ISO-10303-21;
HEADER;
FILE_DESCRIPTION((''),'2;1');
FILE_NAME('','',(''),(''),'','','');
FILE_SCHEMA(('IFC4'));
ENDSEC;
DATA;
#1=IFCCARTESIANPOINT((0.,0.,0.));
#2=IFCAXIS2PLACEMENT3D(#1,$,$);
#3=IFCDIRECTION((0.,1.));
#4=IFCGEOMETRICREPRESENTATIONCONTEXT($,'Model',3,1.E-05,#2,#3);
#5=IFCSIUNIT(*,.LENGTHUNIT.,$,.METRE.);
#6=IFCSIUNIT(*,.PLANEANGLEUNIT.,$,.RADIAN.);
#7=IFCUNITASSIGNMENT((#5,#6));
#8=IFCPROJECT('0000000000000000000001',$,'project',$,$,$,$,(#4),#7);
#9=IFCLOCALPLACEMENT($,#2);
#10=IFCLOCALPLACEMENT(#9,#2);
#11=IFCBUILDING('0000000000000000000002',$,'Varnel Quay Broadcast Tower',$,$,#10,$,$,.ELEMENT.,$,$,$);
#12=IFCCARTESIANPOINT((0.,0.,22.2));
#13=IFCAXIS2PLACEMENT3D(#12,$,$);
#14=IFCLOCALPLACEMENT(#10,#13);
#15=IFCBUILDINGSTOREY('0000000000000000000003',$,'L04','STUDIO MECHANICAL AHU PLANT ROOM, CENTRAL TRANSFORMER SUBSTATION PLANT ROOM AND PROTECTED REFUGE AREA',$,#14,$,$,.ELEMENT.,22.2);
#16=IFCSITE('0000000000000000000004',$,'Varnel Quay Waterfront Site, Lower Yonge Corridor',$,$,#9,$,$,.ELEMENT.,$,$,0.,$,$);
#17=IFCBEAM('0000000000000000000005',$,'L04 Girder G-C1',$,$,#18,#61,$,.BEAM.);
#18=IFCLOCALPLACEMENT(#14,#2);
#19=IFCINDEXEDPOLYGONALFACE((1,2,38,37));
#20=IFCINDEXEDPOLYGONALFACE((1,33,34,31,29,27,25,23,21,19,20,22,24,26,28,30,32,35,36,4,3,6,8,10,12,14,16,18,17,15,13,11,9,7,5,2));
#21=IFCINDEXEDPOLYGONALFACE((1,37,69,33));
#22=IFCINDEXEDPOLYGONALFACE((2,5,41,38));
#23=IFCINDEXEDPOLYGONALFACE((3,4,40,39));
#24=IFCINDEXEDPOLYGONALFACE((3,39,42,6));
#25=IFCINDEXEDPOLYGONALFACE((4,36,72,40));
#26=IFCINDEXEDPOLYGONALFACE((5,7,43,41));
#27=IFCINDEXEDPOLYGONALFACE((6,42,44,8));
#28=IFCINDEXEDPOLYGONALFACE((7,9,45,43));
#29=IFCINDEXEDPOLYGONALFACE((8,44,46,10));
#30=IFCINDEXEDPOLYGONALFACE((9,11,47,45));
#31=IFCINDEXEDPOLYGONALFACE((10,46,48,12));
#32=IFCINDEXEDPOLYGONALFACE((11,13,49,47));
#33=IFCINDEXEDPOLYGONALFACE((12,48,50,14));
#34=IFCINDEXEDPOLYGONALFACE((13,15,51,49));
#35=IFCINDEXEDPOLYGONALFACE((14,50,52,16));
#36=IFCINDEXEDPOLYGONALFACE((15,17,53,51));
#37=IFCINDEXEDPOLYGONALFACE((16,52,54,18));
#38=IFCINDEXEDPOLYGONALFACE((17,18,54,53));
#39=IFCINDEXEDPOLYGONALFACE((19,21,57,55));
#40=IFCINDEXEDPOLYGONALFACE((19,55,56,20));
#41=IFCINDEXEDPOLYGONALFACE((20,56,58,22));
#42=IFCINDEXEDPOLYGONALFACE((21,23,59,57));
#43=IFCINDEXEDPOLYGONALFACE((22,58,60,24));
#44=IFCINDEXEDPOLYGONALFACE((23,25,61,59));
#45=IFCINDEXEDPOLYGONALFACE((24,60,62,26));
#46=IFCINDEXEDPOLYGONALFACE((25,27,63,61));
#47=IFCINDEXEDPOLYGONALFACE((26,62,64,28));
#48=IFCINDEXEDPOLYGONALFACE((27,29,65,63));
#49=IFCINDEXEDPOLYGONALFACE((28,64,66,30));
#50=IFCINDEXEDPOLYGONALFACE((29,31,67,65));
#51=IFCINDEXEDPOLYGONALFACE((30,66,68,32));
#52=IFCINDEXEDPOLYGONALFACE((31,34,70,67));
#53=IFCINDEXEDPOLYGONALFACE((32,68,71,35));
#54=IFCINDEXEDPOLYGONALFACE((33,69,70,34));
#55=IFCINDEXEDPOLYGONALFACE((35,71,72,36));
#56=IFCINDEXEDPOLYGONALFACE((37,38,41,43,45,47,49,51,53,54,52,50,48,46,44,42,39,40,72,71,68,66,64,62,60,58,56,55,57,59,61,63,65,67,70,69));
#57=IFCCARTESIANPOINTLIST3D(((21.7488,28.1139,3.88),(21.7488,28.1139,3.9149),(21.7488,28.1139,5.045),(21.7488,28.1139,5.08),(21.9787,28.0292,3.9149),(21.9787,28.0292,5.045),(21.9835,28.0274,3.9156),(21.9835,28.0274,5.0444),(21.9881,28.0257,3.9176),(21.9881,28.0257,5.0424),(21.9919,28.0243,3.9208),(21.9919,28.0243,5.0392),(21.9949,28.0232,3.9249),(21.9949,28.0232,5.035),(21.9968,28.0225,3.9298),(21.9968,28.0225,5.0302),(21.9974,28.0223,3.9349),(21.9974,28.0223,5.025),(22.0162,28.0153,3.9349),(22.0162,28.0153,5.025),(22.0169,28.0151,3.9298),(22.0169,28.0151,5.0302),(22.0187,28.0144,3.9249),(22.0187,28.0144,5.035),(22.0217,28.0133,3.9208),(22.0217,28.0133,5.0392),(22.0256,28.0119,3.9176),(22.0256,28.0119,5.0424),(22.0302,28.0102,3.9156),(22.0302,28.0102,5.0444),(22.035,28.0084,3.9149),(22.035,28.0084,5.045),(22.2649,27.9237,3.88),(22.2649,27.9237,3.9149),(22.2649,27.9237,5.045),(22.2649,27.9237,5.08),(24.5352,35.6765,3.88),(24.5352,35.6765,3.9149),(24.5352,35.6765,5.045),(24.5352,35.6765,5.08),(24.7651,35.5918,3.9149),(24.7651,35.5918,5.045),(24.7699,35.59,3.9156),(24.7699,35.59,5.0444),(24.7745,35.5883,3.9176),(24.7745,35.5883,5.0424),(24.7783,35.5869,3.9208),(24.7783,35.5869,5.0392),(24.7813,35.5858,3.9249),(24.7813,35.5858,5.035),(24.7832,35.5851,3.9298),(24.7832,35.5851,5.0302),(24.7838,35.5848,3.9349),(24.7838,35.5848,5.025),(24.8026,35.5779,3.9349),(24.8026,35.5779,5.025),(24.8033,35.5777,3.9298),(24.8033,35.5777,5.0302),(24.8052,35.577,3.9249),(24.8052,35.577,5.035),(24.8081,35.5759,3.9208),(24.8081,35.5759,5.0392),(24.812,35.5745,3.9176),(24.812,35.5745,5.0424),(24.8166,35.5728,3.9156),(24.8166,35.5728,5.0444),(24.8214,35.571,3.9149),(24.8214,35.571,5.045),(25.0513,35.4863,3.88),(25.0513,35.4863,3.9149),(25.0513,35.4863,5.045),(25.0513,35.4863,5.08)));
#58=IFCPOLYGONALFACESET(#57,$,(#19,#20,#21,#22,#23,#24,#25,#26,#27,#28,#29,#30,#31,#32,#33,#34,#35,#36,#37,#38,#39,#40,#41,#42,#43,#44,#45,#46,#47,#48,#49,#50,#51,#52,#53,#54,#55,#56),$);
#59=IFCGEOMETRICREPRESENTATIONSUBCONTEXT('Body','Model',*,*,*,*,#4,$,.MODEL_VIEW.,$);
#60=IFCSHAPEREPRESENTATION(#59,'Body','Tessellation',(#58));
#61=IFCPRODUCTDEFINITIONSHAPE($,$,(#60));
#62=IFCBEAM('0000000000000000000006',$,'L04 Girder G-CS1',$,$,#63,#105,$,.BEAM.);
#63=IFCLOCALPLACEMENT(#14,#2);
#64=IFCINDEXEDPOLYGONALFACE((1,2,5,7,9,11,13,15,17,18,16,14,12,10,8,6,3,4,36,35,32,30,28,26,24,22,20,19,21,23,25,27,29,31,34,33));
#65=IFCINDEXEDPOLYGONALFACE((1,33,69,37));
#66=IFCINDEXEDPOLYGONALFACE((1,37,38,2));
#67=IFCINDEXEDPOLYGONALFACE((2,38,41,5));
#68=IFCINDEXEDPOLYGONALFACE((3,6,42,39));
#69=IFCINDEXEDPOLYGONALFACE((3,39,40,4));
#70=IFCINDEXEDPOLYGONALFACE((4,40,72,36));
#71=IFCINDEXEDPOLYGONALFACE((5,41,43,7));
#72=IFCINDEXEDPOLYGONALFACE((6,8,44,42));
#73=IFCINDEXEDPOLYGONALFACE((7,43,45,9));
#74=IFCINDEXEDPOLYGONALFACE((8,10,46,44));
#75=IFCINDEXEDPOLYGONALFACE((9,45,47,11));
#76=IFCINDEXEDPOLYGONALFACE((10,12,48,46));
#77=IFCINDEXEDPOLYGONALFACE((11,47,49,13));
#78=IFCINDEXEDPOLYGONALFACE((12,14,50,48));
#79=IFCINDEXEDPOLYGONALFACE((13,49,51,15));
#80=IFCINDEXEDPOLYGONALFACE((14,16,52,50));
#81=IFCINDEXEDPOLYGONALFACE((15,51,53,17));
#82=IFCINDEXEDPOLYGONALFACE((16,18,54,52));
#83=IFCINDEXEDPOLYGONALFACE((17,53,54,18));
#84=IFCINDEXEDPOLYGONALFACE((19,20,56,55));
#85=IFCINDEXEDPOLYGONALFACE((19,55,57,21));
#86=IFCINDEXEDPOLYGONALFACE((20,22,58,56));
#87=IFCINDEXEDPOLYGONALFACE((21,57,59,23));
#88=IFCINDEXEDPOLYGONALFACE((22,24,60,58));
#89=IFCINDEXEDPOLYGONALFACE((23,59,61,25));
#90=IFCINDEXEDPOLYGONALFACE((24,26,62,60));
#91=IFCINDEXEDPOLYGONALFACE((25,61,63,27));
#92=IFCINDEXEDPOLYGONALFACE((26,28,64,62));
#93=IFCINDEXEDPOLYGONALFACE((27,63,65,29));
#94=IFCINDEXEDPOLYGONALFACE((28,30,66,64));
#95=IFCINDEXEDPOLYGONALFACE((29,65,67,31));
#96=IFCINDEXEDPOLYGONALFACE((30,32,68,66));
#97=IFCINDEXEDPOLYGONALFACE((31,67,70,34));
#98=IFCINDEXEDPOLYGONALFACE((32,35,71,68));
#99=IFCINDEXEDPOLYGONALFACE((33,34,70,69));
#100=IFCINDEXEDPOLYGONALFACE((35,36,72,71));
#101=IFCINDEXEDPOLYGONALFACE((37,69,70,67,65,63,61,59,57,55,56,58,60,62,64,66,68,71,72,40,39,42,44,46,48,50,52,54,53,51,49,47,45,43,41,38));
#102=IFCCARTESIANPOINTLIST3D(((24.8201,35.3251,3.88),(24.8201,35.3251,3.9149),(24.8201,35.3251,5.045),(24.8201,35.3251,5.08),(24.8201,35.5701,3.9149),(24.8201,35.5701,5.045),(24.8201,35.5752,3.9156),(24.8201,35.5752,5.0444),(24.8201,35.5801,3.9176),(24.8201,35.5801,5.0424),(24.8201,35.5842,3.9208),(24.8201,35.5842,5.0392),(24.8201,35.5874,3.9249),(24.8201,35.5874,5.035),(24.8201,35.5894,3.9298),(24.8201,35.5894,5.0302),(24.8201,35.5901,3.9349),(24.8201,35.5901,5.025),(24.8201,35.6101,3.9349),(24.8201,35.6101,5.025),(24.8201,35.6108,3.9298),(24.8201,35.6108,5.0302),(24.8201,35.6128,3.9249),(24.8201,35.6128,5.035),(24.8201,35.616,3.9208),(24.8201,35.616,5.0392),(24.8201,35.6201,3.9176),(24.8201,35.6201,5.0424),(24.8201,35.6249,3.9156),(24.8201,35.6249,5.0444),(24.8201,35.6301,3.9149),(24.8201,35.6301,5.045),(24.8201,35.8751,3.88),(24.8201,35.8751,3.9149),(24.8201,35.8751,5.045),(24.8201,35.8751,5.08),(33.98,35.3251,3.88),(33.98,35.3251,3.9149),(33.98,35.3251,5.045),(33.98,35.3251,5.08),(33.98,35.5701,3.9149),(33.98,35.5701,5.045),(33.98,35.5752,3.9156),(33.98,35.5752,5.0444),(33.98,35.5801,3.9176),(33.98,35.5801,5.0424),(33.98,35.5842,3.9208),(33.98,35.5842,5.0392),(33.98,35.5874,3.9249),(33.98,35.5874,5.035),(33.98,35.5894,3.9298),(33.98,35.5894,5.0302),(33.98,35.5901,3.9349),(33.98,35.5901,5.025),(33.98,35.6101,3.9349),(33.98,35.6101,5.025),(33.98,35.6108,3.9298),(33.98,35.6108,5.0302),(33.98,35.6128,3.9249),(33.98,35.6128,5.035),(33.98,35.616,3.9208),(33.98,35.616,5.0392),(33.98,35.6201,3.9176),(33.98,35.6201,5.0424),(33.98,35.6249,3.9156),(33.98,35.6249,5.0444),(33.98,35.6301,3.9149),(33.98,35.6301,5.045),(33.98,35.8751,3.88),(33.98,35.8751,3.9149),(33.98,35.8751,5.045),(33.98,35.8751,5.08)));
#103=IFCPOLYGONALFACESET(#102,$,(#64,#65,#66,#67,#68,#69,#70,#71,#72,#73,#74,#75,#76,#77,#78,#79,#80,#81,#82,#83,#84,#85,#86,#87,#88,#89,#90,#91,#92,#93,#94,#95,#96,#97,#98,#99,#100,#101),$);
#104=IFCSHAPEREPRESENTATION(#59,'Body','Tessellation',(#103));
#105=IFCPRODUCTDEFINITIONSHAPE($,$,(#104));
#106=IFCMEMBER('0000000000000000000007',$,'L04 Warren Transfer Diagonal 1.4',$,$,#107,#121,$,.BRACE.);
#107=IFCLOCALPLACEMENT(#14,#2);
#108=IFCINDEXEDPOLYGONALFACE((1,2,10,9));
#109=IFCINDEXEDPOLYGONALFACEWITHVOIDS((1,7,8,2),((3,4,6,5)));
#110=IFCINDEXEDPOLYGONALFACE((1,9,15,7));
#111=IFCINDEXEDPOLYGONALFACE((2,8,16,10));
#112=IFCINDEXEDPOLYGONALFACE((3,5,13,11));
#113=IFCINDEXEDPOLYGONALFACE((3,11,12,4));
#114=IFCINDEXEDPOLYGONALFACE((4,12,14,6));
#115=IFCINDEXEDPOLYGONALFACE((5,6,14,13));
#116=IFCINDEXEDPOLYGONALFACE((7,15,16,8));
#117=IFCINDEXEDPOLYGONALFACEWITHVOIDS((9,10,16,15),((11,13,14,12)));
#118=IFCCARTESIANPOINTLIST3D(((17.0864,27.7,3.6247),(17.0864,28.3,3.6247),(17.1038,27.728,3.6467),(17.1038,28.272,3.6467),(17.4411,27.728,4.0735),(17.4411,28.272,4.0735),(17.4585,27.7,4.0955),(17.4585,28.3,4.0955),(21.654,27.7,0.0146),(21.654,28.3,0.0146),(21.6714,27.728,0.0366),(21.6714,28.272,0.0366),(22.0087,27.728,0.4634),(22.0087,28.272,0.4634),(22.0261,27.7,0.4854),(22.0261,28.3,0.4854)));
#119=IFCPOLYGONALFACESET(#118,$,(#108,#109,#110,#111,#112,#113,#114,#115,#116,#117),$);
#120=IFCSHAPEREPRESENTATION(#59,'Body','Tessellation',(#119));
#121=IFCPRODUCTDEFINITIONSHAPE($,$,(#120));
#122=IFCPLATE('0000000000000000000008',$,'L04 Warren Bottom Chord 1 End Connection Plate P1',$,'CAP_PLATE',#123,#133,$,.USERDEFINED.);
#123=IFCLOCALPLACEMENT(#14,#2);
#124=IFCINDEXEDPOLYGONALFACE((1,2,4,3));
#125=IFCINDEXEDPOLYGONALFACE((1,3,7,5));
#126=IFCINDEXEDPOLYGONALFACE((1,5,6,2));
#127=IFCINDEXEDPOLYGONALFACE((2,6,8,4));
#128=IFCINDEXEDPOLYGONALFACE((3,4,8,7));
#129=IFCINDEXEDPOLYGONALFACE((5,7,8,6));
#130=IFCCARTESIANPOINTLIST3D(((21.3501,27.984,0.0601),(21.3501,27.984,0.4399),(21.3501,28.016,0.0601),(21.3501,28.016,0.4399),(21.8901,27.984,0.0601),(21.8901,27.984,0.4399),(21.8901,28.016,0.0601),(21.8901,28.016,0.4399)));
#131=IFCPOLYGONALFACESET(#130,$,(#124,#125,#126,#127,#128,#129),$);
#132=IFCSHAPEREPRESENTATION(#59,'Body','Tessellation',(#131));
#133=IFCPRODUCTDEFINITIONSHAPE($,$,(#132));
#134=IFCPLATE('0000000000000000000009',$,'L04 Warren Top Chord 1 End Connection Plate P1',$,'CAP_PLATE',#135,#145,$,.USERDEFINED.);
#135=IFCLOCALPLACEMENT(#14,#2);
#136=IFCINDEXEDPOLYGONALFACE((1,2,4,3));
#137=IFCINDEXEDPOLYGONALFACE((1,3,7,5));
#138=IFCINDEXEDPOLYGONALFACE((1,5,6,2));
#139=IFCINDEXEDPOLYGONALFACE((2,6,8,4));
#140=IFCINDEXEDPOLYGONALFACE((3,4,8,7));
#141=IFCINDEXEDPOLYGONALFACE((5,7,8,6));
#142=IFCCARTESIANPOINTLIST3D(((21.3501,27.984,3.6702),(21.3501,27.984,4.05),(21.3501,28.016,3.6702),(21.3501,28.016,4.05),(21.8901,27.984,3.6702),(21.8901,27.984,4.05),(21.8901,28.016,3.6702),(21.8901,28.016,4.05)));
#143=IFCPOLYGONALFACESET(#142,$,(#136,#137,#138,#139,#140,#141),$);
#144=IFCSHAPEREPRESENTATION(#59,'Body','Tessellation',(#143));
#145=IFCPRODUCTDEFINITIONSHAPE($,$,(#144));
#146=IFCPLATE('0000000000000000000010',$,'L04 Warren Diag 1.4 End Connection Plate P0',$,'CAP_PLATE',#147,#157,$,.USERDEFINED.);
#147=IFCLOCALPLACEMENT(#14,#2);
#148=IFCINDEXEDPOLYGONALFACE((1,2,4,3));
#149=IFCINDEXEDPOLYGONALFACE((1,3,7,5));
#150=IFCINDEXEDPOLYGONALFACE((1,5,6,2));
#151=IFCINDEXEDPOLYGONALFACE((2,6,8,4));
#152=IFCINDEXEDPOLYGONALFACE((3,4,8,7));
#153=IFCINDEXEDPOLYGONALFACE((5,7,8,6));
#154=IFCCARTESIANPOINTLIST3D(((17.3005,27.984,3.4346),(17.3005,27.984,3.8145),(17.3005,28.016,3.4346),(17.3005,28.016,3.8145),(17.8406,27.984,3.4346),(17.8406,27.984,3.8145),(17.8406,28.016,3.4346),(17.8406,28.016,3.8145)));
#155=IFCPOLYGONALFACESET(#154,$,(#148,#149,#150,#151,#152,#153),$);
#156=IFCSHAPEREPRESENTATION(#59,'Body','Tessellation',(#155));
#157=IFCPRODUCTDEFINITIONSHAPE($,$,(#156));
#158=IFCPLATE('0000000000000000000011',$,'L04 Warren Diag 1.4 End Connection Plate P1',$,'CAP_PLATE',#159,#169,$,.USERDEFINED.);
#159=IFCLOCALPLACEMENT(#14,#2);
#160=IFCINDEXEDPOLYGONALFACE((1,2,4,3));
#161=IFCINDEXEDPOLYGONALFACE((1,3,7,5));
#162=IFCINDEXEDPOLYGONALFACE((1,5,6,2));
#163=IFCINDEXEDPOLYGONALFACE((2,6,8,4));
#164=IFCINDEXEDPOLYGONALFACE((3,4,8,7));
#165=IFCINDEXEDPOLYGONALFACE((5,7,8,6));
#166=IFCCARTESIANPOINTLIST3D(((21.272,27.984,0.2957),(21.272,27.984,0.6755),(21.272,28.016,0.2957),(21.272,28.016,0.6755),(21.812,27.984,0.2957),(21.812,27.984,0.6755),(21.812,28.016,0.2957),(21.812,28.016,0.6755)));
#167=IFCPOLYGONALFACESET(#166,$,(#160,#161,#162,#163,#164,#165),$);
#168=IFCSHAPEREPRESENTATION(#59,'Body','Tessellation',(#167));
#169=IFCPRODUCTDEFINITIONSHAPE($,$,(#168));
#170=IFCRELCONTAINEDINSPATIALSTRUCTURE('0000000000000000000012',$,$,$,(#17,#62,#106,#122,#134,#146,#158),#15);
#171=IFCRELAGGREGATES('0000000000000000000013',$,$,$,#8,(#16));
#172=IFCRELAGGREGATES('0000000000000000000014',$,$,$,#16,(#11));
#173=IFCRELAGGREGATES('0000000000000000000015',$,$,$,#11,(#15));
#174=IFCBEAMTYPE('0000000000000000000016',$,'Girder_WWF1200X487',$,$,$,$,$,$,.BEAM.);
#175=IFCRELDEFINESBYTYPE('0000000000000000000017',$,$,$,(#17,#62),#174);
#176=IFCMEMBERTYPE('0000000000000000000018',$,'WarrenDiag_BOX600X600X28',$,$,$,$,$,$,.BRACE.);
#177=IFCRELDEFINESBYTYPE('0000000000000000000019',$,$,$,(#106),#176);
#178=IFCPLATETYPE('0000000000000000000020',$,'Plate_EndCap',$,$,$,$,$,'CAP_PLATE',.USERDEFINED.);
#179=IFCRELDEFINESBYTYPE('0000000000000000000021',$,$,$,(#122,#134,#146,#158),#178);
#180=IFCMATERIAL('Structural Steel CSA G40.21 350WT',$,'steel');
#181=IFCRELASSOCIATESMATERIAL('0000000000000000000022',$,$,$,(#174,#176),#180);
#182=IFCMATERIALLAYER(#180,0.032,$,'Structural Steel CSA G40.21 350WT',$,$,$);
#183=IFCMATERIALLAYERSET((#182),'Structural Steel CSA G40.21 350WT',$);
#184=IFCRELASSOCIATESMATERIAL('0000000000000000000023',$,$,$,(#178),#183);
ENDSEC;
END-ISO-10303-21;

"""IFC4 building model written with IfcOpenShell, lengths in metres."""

from ifc_helpers import new_model, si_unit, direction, frame, origin, origin_2d, place, context, subcontext, project, spatial, rectangle, hollow_rectangle, i_section, extrude, source, transform, mapped, material, layer, layer_set, material_profile, profile_set, type_object, type_shapes, element, save


model = new_model("IFC4")

# Units and contexts
model_context = context("Model", 3, precision=1e-05, world=origin(), true_north=direction((0.0, 1.0)))
body_context = subcontext(model_context, "Body", "Model", "MODEL_VIEW")
ifc_project = project(units=[si_unit("LENGTHUNIT", "METRE"), si_unit("PLANEANGLEUNIT", "RADIAN")], contexts=[model_context])

# Site, building, storey
site_placement = place(None, origin())
site = spatial("IfcSite", under=ifc_project, at=site_placement, Name="Varnel Quay Waterfront Site, Lower Yonge Corridor", CompositionType="ELEMENT", RefElevation=0.0)
building_placement = place(site_placement, origin())
building = spatial("IfcBuilding", under=site, at=building_placement, Name="Varnel Quay Broadcast Tower", CompositionType="ELEMENT")
storey_placement = place(building_placement, frame((0.0, 0.0, 22.2)))
storey = spatial("IfcBuildingStorey", under=building, at=storey_placement, Name="L04", Description="STUDIO MECHANICAL AHU PLANT ROOM, CENTRAL TRANSFORMER SUBSTATION PLANT ROOM AND PROTECTED REFUGE AREA", CompositionType="ELEMENT", Elevation=22.2)

# Shared definitions
ifc_material_1 = material(Name="Structural Steel CSA G40.21 350WT", Category="steel")

# Beams
ifc_material_profile_1 = material_profile(ifc_material_1, i_section(OverallWidth=0.55, OverallDepth=1.2, WebThickness=0.02, FlangeThickness=0.0349, FilletRadius=0.02, at=origin_2d()), Name="WWF1200X487")
ifc_profile_set_1 = profile_set([ifc_material_profile_1], Name="Structural Steel CSA G40.21 350WT")
beam_type_1 = type_object("IfcBeamType", Name="Girder_WWF1200X487", PredefinedType="BEAM", material=ifc_profile_set_1)
shared_shape_1 = source(origin(), body_context, "Body", "SweptSolid", [
    extrude(i_section(OverallWidth=0.55, OverallDepth=1.2, WebThickness=0.02, FlangeThickness=0.0349, FilletRadius=0.02, at=origin_2d()), origin(), (0.0, 0.0, 1.0), 8.0596),
])
beam_1_placement = place(storey_placement, frame((22.0068, 28.0188, 4.48), z_axis=(0.345726, 0.938335, 0.0), x_axis=(-0.938335, 0.345726, 0.0)))
element("IfcBeam", 1, at=beam_1_placement, inside=storey, type_object=beam_type_1, Name="L04 Girder G-C1", PredefinedType="BEAM", context=body_context, shape_type="MappedRepresentation", body=[
    mapped(shared_shape_1, transform((0.0, 0.0, 0.0), x_axis=(1.0, 0.0, 0.0), y_axis=(0.0, 1.0, 0.0), z_axis=(0.0, 0.0, 1.0), scale=1.0)),
])
shared_shape_2 = source(origin(), body_context, "Body", "SweptSolid", [
    extrude(i_section(OverallWidth=0.55, OverallDepth=1.2, WebThickness=0.02, FlangeThickness=0.0349, FilletRadius=0.02, at=origin_2d()), origin(), (0.0, 0.0, 1.0), 9.1599),
])
type_shapes(beam_type_1, [shared_shape_1, shared_shape_2])
beam_2_placement = place(storey_placement, frame((24.8201, 35.6001, 4.48), z_axis=(1.0, 0.0, 0.0), x_axis=(0.0, 1.0, 0.0)))
element("IfcBeam", 2, at=beam_2_placement, inside=storey, type_object=beam_type_1, Name="L04 Girder G-CS1", PredefinedType="BEAM", context=body_context, shape_type="MappedRepresentation", body=[
    mapped(shared_shape_2, transform((0.0, 0.0, 0.0), x_axis=(1.0, 0.0, 0.0), y_axis=(0.0, 1.0, 0.0), z_axis=(0.0, 0.0, 1.0), scale=1.0)),
])

# Member
ifc_material_profile_2 = material_profile(ifc_material_1, hollow_rectangle(XDim=0.6001, YDim=0.6001, WallThickness=0.0281, at=origin_2d()), Name="BOX600X600X28")
ifc_profile_set_2 = profile_set([ifc_material_profile_2], Name="Structural Steel CSA G40.21 350WT")
member_type = type_object("IfcMemberType", Name="WarrenDiag_BOX600X600X28", PredefinedType="BRACE", material=ifc_profile_set_2)
shared_shape_3 = source(origin(), body_context, "Body", "SweptSolid", [
    extrude(hollow_rectangle(XDim=0.6001, YDim=0.6001, WallThickness=0.0281, at=origin_2d()), origin(), (0.0, 0.0, 1.0), 5.822),
])
type_shapes(member_type, [shared_shape_3])
member_placement = place(storey_placement, frame((17.2725, 28.0, 3.8601), z_axis=(0.784541, 0.0, -0.620077), x_axis=(0.0, 1.0, 0.0)))
element("IfcMember", 3, at=member_placement, inside=storey, type_object=member_type, Name="L04 Warren Transfer Diagonal 1.4", PredefinedType="BRACE", context=body_context, shape_type="MappedRepresentation", body=[
    mapped(shared_shape_3, transform((0.0, 0.0, 0.0), x_axis=(1.0, 0.0, 0.0), y_axis=(0.0, 1.0, 0.0), z_axis=(0.0, 0.0, 1.0), scale=1.0)),
])

# Plates
ifc_layer_1 = layer(ifc_material_1, 0.032, Name="Structural Steel CSA G40.21 350WT")
ifc_layer_set_1 = layer_set([ifc_layer_1], Name="Structural Steel CSA G40.21 350WT")
plate_type = type_object("IfcPlateType", Name="Plate_EndCap", ElementType="CAP_PLATE", PredefinedType="USERDEFINED", material=ifc_layer_set_1)
shared_shape_4 = source(origin(), body_context, "Body", "SweptSolid", [
    extrude(rectangle(XDim=0.54, YDim=0.032, at=origin_2d()), origin(), (0.0, 0.0, 1.0), 0.3799),
])
type_shapes(plate_type, [shared_shape_4])
for number, where, z_axis, x_axis, name in (
    (4, (21.6201, 28.0, 0.0601), (0.0, 0.0, 1.0), (1.0, 0.0, 0.0), "L04 Warren Bottom Chord 1 End Connection Plate P1"),
    (5, (21.6201, 28.0, 3.6702), (0.0, 0.0, 1.0), (1.0, 0.0, 0.0), "L04 Warren Top Chord 1 End Connection Plate P1"),
    (6, (17.5706, 28.0, 3.4346), (0.0, 0.0, 1.0), (1.0, 0.0, 0.0), "L04 Warren Diag 1.4 End Connection Plate P0"),
    (7, (21.542, 28.0, 0.2957), (0.0, 0.0, 1.0), (1.0, 0.0, 0.0), "L04 Warren Diag 1.4 End Connection Plate P1"),
):
    element("IfcPlate", number, at=place(storey_placement, frame(where, z_axis=z_axis, x_axis=x_axis)), inside=storey, type_object=plate_type, Name=name, ObjectType="CAP_PLATE", PredefinedType="USERDEFINED", context=body_context, shape_type="MappedRepresentation", body=[
        mapped(shared_shape_4, transform((0.0, 0.0, 0.0), x_axis=(1.0, 0.0, 0.0), y_axis=(0.0, 1.0, 0.0), z_axis=(0.0, 0.0, 1.0), scale=1.0)),
    ])

save(model, "model.ifc")
